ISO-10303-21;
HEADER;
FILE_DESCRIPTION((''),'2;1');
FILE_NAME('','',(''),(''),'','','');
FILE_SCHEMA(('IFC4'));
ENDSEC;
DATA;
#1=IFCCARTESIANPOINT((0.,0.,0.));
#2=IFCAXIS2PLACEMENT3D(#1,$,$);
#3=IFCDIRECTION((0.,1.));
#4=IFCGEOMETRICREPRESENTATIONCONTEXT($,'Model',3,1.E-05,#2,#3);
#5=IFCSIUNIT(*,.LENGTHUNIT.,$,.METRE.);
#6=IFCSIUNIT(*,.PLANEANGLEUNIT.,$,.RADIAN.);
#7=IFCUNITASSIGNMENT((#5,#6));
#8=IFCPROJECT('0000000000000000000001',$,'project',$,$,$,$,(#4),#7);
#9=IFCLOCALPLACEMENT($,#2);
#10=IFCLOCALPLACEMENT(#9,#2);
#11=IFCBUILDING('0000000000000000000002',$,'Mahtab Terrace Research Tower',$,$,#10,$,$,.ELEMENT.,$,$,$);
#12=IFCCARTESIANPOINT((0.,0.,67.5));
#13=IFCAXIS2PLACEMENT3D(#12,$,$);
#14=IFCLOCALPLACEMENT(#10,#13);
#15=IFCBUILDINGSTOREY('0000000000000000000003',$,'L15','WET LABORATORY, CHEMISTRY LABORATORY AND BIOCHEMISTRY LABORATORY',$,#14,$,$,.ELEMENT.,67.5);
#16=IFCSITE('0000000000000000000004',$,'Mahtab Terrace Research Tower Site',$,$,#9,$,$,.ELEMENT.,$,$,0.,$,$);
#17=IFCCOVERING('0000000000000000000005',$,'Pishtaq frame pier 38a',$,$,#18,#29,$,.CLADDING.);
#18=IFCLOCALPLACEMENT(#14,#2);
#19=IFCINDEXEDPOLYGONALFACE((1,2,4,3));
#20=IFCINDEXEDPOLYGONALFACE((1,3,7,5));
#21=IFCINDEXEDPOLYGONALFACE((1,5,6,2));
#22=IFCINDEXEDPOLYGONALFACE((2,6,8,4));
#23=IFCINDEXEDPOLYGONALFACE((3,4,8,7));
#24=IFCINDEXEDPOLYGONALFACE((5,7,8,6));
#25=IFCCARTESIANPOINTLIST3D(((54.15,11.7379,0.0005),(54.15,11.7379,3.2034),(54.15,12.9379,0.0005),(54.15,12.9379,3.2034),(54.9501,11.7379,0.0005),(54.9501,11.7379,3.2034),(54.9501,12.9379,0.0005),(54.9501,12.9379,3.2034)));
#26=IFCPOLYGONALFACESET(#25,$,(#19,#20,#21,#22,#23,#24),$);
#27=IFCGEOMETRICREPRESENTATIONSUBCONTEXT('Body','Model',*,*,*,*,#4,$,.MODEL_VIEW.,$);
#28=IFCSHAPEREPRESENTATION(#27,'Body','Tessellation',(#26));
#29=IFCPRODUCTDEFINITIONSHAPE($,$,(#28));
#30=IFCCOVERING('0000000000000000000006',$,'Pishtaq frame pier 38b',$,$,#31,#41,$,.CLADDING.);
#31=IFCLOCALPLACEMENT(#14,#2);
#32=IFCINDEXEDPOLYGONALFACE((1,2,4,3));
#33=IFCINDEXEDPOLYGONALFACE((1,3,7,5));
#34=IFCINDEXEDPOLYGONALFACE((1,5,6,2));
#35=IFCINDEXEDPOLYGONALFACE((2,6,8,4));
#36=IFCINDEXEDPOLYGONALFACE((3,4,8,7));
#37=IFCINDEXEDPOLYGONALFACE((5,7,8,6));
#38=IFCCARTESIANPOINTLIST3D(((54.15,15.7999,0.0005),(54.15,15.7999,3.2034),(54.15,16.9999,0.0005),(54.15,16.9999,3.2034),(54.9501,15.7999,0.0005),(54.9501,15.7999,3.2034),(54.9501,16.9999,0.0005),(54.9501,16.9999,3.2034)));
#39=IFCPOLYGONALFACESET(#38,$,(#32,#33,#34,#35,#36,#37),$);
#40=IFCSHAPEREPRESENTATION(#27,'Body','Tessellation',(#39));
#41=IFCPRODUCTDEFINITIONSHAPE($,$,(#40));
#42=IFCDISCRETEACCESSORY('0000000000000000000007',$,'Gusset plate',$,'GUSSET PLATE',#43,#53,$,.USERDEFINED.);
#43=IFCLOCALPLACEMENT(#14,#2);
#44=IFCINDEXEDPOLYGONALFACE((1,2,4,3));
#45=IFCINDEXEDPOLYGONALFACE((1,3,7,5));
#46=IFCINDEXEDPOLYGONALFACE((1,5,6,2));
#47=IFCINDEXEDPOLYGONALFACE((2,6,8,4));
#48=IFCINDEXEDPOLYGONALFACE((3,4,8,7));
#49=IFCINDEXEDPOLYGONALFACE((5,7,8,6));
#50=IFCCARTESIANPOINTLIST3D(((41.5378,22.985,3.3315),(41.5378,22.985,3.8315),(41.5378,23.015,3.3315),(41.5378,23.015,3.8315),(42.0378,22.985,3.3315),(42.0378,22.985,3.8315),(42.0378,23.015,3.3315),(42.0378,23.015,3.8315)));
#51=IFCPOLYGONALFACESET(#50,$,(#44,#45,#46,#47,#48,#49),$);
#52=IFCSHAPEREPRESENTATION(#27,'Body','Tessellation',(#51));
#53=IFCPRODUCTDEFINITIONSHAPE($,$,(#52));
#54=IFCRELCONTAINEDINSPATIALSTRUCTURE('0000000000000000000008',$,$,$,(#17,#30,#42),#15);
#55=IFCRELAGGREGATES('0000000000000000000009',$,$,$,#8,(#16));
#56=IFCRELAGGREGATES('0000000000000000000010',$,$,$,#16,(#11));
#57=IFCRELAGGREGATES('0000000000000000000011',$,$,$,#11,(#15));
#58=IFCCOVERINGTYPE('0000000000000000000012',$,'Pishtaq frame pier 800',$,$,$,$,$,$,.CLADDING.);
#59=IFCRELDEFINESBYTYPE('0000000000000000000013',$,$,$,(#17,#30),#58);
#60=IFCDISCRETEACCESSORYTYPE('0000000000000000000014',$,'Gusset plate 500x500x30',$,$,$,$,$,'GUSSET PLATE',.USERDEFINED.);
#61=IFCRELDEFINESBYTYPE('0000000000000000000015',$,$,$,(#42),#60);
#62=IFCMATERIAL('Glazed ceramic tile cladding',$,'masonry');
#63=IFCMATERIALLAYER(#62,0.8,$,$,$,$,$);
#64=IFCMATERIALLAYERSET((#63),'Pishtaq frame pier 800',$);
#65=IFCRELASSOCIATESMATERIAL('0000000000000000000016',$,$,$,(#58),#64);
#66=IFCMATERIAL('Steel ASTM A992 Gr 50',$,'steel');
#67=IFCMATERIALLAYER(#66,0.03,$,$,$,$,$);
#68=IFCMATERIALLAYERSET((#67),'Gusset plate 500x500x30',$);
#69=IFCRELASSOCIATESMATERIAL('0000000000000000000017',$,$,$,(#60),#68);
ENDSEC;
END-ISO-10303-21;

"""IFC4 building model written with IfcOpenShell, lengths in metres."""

from ifc_helpers import new_model, si_unit, direction, frame, origin, origin_2d, place, context, subcontext, project, spatial, rectangle, extrude, material, layer, layer_set, type_object, element, save


model = new_model("IFC4")

# Units and contexts
model_context = context("Model", 3, precision=1e-05, world=origin(), true_north=direction((0.0, 1.0)))
body_context = subcontext(model_context, "Body", "Model", "MODEL_VIEW")
ifc_project = project(units=[si_unit("LENGTHUNIT", "METRE"), si_unit("PLANEANGLEUNIT", "RADIAN")], contexts=[model_context])

# Site, building, storey
site_placement = place(None, origin())
site = spatial("IfcSite", under=ifc_project, at=site_placement, Name="Mahtab Terrace Research Tower Site", CompositionType="ELEMENT", RefElevation=0.0)
building_placement = place(site_placement, origin())
building = spatial("IfcBuilding", under=site, at=building_placement, Name="Mahtab Terrace Research Tower", CompositionType="ELEMENT")
storey_placement = place(building_placement, frame((0.0, 0.0, 67.5)))
storey = spatial("IfcBuildingStorey", under=building, at=storey_placement, Name="L15", Description="WET LABORATORY, CHEMISTRY LABORATORY AND BIOCHEMISTRY LABORATORY", CompositionType="ELEMENT", Elevation=67.5)

# Shared definitions
ifc_material_1 = material(Name="Steel ASTM A992 Gr 50", Category="steel")

# Coverings
ifc_material_2 = material(Name="Glazed ceramic tile cladding", Category="masonry")
ifc_layer_1 = layer(ifc_material_2, 0.8)
ifc_layer_set_1 = layer_set([ifc_layer_1], Name="Pishtaq frame pier 800")
covering_type_1 = type_object("IfcCoveringType", Name="Pishtaq frame pier 800", PredefinedType="CLADDING", material=ifc_layer_set_1)
for number, where, z_axis, x_axis, name in (
    (1, (54.55, 12.3379, 0.0005), (0.0, 0.0, 1.0), (0.0, 1.0, 0.0), "Pishtaq frame pier 38a"),
    (2, (54.55, 16.3999, 0.0005), (0.0, 0.0, 1.0), (0.0, 1.0, 0.0), "Pishtaq frame pier 38b"),
):
    element("IfcCovering", number, at=place(storey_placement, frame(where, z_axis=z_axis, x_axis=x_axis)), inside=storey, type_object=covering_type_1, Name=name, PredefinedType="CLADDING", context=body_context, shape_type="SweptSolid", body=[
        extrude(rectangle(XDim=1.2, YDim=0.8, at=origin_2d()), origin(), (0.0, 0.0, 1.0), 3.2029),
    ])

# Discrete accessory
ifc_layer_2 = layer(ifc_material_1, 0.03)
ifc_layer_set_2 = layer_set([ifc_layer_2], Name="Gusset plate 500x500x30")
discrete_accessory_type = type_object("IfcDiscreteAccessoryType", Name="Gusset plate 500x500x30", ElementType="GUSSET PLATE", PredefinedType="USERDEFINED", material=ifc_layer_set_2)
discrete_accessory_placement = place(storey_placement, frame((41.7878, 23.0, 3.3315), z_axis=(0.0, 0.0, 1.0), x_axis=(1.0, 0.0, 0.0)))
element("IfcDiscreteAccessory", 3, at=discrete_accessory_placement, inside=storey, type_object=discrete_accessory_type, Name="Gusset plate", ObjectType="GUSSET PLATE", PredefinedType="USERDEFINED", context=body_context, shape_type="SweptSolid", body=[
    extrude(rectangle(XDim=0.5, YDim=0.03, at=origin_2d()), origin(), (0.0, 0.0, 1.0), 0.5),
])

save(model, "model.ifc")
